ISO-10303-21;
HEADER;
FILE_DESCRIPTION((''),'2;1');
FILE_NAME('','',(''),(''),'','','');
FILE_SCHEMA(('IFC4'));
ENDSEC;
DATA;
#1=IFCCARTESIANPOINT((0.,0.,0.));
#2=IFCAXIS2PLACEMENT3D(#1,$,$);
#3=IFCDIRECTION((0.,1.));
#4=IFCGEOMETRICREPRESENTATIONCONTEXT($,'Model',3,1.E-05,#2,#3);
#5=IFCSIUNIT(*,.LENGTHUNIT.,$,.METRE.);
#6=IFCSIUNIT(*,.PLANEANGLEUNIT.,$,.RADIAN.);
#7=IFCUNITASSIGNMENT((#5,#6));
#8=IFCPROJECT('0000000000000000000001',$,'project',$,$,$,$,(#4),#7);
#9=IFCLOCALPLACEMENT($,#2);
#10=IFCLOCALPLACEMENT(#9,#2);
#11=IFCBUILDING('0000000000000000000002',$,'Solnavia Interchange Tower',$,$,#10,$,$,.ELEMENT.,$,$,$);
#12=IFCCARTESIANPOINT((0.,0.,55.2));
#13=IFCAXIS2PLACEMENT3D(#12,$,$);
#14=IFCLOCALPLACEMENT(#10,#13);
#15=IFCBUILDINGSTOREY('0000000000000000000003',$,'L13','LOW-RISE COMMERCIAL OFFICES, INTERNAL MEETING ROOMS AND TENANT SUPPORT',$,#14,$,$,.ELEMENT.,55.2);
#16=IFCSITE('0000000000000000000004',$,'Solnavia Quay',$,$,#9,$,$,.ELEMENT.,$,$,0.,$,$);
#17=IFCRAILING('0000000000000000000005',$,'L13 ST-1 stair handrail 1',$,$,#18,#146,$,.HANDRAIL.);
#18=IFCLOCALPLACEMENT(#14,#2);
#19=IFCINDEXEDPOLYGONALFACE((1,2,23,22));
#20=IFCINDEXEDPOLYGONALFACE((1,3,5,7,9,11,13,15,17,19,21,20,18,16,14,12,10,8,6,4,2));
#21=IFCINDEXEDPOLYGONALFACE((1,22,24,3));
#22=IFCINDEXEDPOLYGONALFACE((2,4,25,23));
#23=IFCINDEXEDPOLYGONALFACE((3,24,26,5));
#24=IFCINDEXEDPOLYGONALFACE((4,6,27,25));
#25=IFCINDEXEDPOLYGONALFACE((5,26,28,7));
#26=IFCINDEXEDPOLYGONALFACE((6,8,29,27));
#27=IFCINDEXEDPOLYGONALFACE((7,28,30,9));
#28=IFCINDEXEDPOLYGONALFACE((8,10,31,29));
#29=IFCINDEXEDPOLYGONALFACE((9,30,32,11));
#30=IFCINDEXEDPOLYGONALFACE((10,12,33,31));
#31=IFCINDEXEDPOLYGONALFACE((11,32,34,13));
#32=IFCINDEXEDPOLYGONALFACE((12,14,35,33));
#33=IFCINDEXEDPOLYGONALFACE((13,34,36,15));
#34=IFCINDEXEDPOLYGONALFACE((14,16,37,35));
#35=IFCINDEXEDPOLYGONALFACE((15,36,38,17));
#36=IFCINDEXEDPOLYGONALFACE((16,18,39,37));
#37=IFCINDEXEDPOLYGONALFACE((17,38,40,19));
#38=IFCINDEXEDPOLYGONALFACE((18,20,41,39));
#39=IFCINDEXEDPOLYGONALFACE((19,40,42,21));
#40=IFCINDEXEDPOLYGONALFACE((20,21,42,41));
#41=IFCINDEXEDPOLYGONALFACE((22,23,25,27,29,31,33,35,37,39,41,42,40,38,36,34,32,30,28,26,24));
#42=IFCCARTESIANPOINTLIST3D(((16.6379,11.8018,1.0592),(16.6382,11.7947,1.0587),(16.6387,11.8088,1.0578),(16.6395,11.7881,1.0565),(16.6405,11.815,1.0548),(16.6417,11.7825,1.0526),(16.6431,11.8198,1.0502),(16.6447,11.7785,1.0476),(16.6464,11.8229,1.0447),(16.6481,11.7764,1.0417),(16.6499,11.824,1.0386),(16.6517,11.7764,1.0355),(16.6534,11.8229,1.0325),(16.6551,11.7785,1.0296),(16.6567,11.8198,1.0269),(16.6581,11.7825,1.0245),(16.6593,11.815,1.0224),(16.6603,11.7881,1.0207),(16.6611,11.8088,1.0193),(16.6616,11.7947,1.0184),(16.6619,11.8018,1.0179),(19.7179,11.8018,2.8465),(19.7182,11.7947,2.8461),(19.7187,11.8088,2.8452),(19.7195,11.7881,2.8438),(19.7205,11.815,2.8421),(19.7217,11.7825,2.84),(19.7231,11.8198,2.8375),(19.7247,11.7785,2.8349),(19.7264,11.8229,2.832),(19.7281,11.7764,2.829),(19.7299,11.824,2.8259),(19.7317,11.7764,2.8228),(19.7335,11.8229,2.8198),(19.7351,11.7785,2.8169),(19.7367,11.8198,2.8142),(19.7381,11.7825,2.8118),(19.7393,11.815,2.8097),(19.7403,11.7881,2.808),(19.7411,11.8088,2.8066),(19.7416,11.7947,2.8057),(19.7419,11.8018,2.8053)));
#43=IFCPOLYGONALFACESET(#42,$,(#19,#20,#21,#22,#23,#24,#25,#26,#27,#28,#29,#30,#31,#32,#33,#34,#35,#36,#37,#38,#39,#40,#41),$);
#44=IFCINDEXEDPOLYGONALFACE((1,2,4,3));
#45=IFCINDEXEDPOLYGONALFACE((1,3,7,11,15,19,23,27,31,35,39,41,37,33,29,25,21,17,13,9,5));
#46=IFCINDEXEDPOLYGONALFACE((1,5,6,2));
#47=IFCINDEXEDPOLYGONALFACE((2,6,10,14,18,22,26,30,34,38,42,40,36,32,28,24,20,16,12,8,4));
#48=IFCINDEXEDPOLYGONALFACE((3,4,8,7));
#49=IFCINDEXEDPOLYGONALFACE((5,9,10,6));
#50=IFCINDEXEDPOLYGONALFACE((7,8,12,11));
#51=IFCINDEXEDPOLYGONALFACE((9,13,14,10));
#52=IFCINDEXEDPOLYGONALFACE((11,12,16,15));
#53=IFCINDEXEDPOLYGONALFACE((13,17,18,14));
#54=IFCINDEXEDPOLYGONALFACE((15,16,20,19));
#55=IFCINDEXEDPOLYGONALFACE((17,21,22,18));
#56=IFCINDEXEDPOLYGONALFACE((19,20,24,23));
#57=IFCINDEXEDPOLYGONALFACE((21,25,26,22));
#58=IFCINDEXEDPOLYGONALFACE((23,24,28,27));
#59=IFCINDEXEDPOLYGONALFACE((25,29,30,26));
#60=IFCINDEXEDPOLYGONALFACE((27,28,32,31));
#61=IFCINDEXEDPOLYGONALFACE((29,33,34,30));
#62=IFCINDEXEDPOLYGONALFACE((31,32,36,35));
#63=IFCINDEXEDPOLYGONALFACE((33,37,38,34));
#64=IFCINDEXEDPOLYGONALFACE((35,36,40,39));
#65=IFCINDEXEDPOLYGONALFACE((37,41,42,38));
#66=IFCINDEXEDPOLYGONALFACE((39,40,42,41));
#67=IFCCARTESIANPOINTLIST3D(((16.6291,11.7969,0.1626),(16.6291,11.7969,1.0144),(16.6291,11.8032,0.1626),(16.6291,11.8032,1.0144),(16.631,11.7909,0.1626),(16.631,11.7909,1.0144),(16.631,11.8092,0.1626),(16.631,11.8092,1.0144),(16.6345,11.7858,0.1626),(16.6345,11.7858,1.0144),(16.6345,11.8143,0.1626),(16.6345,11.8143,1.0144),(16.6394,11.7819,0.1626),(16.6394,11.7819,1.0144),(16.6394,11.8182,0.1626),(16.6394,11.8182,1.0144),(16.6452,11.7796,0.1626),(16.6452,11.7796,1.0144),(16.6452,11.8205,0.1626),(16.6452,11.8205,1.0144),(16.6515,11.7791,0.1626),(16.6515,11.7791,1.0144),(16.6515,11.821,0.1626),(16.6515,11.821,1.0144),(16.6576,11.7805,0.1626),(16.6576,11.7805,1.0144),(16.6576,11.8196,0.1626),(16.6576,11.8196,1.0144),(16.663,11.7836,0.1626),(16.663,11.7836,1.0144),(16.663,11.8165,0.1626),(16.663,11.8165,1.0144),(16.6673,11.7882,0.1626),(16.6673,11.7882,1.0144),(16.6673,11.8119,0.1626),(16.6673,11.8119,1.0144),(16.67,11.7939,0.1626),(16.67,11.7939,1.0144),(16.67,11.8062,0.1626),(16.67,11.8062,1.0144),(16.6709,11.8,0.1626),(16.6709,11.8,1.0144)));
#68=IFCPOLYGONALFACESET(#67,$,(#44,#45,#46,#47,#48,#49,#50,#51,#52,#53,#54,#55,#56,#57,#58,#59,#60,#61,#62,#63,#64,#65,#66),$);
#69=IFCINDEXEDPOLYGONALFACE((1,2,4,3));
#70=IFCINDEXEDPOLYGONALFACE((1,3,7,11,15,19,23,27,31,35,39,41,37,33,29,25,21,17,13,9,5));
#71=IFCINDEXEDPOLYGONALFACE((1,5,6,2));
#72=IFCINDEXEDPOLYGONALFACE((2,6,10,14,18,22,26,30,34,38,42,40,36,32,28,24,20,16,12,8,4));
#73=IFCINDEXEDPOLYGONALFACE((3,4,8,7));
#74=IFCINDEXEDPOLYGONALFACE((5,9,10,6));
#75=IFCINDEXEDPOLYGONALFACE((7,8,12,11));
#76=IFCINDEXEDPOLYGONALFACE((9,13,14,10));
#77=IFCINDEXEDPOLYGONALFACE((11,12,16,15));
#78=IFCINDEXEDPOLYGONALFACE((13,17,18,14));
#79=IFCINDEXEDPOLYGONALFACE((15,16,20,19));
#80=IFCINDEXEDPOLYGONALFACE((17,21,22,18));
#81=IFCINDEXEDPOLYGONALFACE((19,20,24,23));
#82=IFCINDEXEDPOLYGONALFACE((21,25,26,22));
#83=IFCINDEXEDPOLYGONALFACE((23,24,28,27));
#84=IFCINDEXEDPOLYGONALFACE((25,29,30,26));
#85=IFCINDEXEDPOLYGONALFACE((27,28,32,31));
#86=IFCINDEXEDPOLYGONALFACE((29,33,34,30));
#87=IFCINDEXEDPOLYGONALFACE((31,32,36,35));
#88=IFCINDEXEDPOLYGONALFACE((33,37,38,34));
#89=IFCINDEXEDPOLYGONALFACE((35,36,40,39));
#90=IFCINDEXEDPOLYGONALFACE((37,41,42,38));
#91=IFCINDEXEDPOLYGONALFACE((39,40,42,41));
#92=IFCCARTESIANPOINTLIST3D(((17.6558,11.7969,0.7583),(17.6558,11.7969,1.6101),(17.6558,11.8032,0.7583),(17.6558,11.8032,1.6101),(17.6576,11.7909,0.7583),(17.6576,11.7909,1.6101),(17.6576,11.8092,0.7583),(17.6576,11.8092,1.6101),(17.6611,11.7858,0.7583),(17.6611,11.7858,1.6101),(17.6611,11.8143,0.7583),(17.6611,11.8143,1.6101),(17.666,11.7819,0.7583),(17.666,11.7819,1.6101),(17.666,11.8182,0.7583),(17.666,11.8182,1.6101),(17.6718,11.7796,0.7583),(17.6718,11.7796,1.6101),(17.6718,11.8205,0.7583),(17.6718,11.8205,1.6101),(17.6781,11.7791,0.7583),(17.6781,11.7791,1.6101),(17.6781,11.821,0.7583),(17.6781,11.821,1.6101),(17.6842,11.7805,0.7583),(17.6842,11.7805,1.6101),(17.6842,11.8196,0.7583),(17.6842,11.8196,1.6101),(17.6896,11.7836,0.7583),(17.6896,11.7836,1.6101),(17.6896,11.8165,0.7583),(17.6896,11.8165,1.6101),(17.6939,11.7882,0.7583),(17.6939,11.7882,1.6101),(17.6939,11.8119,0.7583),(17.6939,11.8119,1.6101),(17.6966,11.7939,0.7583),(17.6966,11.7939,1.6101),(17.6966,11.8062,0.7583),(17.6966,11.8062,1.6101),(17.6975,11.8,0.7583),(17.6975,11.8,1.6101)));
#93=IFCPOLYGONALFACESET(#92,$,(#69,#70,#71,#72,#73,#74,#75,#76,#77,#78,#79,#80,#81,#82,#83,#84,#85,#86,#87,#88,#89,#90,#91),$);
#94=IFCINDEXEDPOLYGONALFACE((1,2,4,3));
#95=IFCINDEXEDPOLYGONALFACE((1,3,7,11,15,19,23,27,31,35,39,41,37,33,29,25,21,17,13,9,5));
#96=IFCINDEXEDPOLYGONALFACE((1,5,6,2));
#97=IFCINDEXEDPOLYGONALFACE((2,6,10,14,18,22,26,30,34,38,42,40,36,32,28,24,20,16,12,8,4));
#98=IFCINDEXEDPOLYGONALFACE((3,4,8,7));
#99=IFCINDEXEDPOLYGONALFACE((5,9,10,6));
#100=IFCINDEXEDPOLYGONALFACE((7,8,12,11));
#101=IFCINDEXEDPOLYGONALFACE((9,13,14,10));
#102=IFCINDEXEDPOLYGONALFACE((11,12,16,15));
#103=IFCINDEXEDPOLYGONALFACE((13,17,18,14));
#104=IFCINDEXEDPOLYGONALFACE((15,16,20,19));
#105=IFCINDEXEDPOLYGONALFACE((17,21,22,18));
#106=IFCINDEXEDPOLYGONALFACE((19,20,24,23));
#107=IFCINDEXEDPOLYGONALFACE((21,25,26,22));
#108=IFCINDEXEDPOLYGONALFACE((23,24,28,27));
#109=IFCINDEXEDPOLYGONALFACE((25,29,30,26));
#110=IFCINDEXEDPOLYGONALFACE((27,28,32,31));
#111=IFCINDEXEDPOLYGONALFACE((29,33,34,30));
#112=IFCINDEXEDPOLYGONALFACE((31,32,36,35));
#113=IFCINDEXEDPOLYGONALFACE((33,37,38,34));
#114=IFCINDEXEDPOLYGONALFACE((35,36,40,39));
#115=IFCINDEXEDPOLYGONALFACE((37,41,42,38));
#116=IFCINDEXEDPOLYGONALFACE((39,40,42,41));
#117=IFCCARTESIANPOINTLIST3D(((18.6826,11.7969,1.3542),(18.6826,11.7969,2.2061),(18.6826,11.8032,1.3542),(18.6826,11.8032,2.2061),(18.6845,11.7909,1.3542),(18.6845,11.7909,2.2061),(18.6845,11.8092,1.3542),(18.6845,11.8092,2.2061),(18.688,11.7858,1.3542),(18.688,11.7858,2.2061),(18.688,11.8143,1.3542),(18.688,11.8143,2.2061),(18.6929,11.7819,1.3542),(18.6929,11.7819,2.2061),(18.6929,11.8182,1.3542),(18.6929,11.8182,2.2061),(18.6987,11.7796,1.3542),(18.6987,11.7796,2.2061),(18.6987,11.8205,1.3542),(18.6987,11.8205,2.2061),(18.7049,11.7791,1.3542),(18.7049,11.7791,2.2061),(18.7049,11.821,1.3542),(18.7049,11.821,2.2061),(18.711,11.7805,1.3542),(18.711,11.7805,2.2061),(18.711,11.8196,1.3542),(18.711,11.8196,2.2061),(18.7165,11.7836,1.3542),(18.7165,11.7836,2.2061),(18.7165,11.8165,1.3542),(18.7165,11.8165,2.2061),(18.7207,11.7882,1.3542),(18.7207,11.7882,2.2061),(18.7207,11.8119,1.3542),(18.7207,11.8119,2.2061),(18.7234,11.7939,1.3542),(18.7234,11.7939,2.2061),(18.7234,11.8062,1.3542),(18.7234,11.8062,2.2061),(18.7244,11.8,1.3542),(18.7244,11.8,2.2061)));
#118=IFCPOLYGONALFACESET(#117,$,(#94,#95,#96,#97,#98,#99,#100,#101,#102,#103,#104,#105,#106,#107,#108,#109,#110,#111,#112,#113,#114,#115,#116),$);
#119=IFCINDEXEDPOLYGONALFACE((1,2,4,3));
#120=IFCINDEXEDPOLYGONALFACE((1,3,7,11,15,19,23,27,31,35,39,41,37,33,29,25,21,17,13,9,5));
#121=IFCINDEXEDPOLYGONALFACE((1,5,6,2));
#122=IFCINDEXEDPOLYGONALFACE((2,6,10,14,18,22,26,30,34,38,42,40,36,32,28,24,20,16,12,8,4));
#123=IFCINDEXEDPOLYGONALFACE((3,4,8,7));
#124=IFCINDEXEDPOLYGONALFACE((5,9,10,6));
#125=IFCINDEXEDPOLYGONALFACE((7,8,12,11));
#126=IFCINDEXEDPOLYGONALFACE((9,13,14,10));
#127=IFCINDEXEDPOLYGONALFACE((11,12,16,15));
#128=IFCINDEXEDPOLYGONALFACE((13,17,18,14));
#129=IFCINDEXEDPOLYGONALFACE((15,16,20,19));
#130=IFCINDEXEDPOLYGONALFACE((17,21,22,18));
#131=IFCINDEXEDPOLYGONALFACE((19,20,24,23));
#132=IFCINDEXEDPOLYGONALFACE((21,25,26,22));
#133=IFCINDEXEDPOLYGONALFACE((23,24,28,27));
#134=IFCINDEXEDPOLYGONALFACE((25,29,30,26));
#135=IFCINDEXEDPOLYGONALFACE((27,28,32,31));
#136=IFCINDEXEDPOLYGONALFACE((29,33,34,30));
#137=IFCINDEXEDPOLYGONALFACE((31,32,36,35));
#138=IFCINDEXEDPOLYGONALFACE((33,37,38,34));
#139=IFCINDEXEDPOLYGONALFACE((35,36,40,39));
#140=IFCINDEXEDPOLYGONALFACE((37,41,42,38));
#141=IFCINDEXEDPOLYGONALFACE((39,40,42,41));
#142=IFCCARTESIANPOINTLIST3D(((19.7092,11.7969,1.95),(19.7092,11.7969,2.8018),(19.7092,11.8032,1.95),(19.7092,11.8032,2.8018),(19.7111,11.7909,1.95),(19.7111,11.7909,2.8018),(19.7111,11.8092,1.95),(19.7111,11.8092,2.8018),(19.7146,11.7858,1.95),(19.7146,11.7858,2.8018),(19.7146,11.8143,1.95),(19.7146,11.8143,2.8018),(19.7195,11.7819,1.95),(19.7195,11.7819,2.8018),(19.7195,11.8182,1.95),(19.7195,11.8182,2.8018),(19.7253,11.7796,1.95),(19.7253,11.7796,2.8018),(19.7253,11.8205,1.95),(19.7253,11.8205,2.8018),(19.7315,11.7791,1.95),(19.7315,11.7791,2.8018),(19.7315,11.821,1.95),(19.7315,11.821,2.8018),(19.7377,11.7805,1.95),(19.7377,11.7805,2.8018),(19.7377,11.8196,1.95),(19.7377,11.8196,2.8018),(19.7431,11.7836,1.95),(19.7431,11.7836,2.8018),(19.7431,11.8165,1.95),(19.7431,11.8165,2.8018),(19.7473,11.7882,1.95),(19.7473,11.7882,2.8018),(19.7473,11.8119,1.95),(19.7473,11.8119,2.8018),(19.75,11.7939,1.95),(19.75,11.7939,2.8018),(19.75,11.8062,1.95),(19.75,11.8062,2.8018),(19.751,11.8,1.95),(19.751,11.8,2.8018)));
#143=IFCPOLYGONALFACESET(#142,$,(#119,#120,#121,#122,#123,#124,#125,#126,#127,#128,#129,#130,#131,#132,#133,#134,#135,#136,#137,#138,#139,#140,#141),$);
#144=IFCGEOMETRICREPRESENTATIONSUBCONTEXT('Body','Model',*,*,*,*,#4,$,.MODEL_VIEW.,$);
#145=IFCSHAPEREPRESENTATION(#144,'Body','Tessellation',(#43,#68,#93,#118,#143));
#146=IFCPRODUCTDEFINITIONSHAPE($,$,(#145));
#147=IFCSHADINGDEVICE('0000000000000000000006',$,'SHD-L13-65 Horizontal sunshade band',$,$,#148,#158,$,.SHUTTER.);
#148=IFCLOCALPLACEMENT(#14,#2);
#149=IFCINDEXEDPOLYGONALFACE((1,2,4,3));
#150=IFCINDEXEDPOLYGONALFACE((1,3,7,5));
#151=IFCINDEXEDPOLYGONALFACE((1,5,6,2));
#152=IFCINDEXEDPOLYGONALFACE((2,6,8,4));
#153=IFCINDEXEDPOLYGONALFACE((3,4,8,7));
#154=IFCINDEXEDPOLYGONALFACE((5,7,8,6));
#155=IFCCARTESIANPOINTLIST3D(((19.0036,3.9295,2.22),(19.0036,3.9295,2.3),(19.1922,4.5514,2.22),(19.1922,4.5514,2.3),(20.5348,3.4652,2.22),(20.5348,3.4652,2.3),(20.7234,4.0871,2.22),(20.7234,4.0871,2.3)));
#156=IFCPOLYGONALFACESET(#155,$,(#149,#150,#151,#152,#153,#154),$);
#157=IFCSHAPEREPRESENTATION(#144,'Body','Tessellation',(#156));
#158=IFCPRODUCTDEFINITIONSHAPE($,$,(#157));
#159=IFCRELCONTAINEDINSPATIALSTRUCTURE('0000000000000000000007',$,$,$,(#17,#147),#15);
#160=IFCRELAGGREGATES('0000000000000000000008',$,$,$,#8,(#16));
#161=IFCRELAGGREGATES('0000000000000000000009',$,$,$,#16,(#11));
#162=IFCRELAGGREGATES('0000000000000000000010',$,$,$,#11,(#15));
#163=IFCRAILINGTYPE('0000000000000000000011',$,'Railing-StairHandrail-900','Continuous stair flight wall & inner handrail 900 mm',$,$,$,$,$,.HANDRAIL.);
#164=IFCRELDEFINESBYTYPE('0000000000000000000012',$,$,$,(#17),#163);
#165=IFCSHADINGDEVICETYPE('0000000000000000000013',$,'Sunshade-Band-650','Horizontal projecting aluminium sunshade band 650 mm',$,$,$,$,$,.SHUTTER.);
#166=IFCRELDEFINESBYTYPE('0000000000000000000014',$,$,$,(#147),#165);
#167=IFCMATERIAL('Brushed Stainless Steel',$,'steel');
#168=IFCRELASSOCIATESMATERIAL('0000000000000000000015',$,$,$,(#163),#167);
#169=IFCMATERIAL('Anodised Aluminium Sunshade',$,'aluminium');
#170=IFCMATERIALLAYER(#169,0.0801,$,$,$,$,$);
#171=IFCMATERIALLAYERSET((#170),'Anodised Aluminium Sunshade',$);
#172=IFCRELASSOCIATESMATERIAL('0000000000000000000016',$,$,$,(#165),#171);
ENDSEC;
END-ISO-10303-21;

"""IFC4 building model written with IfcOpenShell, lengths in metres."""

from ifc_helpers import new_model, si_unit, direction, frame, origin, origin_2d, place, context, subcontext, project, spatial, rectangle, circle, extrude, material, layer, layer_set, type_object, element, save


model = new_model("IFC4")

# Units and contexts
model_context = context("Model", 3, precision=1e-05, world=origin(), true_north=direction((0.0, 1.0)))
body_context = subcontext(model_context, "Body", "Model", "MODEL_VIEW")
ifc_project = project(units=[si_unit("LENGTHUNIT", "METRE"), si_unit("PLANEANGLEUNIT", "RADIAN")], contexts=[model_context])

# Site, building, storey
site_placement = place(None, origin())
site = spatial("IfcSite", under=ifc_project, at=site_placement, Name="Solnavia Quay", CompositionType="ELEMENT", RefElevation=0.0)
building_placement = place(site_placement, origin())
building = spatial("IfcBuilding", under=site, at=building_placement, Name="Solnavia Interchange Tower", CompositionType="ELEMENT")
storey_placement = place(building_placement, frame((0.0, 0.0, 55.2)))
storey = spatial("IfcBuildingStorey", under=building, at=storey_placement, Name="L13", Description="LOW-RISE COMMERCIAL OFFICES, INTERNAL MEETING ROOMS AND TENANT SUPPORT", CompositionType="ELEMENT", Elevation=55.2)

# Railing
ifc_material_1 = material(Name="Brushed Stainless Steel", Category="steel")
railing_type_1 = type_object("IfcRailingType", Name="Railing-StairHandrail-900", Description="Continuous stair flight wall & inner handrail 900 mm", PredefinedType="HANDRAIL", material=ifc_material_1)
railing_1_placement = place(storey_placement, frame((16.6499, 11.8, 0.1626)))
element("IfcRailing", 1, at=railing_1_placement, inside=storey, type_object=railing_type_1, Name="L13 ST-1 stair handrail 1", PredefinedType="HANDRAIL", context=body_context, shape_type="SweptSolid", body=[
    extrude(circle(Radius=0.0239, at=origin_2d()), frame((0.0, 0.0, 0.876), z_axis=(0.86492, 0.0, 0.501909), x_axis=(0.0, 1.0, 0.0)), (0.0, 0.0, 1.0), 3.561),
    extrude(circle(Radius=0.021, at=origin_2d()), origin(), (0.0, 0.0, 1.0), 0.8518),
    extrude(circle(Radius=0.021, at=origin_2d()), frame((1.0266, 0.0, 0.5957)), (0.0, 0.0, 1.0), 0.8518),
    extrude(circle(Radius=0.021, at=origin_2d()), frame((2.0535, 0.0, 1.1917)), (0.0, 0.0, 1.0), 0.8518),
    extrude(circle(Radius=0.021, at=origin_2d()), frame((3.0801, 0.0, 1.7874)), (0.0, 0.0, 1.0), 0.8518),
])

# Shading device
ifc_material_2 = material(Name="Anodised Aluminium Sunshade", Category="aluminium")
ifc_layer_1 = layer(ifc_material_2, 0.0801)
ifc_layer_set_1 = layer_set([ifc_layer_1], Name="Anodised Aluminium Sunshade")
shading_device_type = type_object("IfcShadingDeviceType", Name="Sunshade-Band-650", Description="Horizontal projecting aluminium sunshade band 650 mm", PredefinedType="SHUTTER", material=ifc_layer_set_1)
shading_device_placement = place(storey_placement, frame((19.8635, 4.0083, 2.22), z_axis=(0.0, 0.0, 1.0), x_axis=(-0.956966, 0.290201, 0.0)))
element("IfcShadingDevice", 2, at=shading_device_placement, inside=storey, type_object=shading_device_type, Name="SHD-L13-65 Horizontal sunshade band", PredefinedType="SHUTTER", context=body_context, shape_type="SweptSolid", body=[
    extrude(rectangle(XDim=1.6001, YDim=0.6499, at=origin_2d()), origin(), (0.0, 0.0, 1.0), 0.0801),
])

save(model, "model.ifc")
